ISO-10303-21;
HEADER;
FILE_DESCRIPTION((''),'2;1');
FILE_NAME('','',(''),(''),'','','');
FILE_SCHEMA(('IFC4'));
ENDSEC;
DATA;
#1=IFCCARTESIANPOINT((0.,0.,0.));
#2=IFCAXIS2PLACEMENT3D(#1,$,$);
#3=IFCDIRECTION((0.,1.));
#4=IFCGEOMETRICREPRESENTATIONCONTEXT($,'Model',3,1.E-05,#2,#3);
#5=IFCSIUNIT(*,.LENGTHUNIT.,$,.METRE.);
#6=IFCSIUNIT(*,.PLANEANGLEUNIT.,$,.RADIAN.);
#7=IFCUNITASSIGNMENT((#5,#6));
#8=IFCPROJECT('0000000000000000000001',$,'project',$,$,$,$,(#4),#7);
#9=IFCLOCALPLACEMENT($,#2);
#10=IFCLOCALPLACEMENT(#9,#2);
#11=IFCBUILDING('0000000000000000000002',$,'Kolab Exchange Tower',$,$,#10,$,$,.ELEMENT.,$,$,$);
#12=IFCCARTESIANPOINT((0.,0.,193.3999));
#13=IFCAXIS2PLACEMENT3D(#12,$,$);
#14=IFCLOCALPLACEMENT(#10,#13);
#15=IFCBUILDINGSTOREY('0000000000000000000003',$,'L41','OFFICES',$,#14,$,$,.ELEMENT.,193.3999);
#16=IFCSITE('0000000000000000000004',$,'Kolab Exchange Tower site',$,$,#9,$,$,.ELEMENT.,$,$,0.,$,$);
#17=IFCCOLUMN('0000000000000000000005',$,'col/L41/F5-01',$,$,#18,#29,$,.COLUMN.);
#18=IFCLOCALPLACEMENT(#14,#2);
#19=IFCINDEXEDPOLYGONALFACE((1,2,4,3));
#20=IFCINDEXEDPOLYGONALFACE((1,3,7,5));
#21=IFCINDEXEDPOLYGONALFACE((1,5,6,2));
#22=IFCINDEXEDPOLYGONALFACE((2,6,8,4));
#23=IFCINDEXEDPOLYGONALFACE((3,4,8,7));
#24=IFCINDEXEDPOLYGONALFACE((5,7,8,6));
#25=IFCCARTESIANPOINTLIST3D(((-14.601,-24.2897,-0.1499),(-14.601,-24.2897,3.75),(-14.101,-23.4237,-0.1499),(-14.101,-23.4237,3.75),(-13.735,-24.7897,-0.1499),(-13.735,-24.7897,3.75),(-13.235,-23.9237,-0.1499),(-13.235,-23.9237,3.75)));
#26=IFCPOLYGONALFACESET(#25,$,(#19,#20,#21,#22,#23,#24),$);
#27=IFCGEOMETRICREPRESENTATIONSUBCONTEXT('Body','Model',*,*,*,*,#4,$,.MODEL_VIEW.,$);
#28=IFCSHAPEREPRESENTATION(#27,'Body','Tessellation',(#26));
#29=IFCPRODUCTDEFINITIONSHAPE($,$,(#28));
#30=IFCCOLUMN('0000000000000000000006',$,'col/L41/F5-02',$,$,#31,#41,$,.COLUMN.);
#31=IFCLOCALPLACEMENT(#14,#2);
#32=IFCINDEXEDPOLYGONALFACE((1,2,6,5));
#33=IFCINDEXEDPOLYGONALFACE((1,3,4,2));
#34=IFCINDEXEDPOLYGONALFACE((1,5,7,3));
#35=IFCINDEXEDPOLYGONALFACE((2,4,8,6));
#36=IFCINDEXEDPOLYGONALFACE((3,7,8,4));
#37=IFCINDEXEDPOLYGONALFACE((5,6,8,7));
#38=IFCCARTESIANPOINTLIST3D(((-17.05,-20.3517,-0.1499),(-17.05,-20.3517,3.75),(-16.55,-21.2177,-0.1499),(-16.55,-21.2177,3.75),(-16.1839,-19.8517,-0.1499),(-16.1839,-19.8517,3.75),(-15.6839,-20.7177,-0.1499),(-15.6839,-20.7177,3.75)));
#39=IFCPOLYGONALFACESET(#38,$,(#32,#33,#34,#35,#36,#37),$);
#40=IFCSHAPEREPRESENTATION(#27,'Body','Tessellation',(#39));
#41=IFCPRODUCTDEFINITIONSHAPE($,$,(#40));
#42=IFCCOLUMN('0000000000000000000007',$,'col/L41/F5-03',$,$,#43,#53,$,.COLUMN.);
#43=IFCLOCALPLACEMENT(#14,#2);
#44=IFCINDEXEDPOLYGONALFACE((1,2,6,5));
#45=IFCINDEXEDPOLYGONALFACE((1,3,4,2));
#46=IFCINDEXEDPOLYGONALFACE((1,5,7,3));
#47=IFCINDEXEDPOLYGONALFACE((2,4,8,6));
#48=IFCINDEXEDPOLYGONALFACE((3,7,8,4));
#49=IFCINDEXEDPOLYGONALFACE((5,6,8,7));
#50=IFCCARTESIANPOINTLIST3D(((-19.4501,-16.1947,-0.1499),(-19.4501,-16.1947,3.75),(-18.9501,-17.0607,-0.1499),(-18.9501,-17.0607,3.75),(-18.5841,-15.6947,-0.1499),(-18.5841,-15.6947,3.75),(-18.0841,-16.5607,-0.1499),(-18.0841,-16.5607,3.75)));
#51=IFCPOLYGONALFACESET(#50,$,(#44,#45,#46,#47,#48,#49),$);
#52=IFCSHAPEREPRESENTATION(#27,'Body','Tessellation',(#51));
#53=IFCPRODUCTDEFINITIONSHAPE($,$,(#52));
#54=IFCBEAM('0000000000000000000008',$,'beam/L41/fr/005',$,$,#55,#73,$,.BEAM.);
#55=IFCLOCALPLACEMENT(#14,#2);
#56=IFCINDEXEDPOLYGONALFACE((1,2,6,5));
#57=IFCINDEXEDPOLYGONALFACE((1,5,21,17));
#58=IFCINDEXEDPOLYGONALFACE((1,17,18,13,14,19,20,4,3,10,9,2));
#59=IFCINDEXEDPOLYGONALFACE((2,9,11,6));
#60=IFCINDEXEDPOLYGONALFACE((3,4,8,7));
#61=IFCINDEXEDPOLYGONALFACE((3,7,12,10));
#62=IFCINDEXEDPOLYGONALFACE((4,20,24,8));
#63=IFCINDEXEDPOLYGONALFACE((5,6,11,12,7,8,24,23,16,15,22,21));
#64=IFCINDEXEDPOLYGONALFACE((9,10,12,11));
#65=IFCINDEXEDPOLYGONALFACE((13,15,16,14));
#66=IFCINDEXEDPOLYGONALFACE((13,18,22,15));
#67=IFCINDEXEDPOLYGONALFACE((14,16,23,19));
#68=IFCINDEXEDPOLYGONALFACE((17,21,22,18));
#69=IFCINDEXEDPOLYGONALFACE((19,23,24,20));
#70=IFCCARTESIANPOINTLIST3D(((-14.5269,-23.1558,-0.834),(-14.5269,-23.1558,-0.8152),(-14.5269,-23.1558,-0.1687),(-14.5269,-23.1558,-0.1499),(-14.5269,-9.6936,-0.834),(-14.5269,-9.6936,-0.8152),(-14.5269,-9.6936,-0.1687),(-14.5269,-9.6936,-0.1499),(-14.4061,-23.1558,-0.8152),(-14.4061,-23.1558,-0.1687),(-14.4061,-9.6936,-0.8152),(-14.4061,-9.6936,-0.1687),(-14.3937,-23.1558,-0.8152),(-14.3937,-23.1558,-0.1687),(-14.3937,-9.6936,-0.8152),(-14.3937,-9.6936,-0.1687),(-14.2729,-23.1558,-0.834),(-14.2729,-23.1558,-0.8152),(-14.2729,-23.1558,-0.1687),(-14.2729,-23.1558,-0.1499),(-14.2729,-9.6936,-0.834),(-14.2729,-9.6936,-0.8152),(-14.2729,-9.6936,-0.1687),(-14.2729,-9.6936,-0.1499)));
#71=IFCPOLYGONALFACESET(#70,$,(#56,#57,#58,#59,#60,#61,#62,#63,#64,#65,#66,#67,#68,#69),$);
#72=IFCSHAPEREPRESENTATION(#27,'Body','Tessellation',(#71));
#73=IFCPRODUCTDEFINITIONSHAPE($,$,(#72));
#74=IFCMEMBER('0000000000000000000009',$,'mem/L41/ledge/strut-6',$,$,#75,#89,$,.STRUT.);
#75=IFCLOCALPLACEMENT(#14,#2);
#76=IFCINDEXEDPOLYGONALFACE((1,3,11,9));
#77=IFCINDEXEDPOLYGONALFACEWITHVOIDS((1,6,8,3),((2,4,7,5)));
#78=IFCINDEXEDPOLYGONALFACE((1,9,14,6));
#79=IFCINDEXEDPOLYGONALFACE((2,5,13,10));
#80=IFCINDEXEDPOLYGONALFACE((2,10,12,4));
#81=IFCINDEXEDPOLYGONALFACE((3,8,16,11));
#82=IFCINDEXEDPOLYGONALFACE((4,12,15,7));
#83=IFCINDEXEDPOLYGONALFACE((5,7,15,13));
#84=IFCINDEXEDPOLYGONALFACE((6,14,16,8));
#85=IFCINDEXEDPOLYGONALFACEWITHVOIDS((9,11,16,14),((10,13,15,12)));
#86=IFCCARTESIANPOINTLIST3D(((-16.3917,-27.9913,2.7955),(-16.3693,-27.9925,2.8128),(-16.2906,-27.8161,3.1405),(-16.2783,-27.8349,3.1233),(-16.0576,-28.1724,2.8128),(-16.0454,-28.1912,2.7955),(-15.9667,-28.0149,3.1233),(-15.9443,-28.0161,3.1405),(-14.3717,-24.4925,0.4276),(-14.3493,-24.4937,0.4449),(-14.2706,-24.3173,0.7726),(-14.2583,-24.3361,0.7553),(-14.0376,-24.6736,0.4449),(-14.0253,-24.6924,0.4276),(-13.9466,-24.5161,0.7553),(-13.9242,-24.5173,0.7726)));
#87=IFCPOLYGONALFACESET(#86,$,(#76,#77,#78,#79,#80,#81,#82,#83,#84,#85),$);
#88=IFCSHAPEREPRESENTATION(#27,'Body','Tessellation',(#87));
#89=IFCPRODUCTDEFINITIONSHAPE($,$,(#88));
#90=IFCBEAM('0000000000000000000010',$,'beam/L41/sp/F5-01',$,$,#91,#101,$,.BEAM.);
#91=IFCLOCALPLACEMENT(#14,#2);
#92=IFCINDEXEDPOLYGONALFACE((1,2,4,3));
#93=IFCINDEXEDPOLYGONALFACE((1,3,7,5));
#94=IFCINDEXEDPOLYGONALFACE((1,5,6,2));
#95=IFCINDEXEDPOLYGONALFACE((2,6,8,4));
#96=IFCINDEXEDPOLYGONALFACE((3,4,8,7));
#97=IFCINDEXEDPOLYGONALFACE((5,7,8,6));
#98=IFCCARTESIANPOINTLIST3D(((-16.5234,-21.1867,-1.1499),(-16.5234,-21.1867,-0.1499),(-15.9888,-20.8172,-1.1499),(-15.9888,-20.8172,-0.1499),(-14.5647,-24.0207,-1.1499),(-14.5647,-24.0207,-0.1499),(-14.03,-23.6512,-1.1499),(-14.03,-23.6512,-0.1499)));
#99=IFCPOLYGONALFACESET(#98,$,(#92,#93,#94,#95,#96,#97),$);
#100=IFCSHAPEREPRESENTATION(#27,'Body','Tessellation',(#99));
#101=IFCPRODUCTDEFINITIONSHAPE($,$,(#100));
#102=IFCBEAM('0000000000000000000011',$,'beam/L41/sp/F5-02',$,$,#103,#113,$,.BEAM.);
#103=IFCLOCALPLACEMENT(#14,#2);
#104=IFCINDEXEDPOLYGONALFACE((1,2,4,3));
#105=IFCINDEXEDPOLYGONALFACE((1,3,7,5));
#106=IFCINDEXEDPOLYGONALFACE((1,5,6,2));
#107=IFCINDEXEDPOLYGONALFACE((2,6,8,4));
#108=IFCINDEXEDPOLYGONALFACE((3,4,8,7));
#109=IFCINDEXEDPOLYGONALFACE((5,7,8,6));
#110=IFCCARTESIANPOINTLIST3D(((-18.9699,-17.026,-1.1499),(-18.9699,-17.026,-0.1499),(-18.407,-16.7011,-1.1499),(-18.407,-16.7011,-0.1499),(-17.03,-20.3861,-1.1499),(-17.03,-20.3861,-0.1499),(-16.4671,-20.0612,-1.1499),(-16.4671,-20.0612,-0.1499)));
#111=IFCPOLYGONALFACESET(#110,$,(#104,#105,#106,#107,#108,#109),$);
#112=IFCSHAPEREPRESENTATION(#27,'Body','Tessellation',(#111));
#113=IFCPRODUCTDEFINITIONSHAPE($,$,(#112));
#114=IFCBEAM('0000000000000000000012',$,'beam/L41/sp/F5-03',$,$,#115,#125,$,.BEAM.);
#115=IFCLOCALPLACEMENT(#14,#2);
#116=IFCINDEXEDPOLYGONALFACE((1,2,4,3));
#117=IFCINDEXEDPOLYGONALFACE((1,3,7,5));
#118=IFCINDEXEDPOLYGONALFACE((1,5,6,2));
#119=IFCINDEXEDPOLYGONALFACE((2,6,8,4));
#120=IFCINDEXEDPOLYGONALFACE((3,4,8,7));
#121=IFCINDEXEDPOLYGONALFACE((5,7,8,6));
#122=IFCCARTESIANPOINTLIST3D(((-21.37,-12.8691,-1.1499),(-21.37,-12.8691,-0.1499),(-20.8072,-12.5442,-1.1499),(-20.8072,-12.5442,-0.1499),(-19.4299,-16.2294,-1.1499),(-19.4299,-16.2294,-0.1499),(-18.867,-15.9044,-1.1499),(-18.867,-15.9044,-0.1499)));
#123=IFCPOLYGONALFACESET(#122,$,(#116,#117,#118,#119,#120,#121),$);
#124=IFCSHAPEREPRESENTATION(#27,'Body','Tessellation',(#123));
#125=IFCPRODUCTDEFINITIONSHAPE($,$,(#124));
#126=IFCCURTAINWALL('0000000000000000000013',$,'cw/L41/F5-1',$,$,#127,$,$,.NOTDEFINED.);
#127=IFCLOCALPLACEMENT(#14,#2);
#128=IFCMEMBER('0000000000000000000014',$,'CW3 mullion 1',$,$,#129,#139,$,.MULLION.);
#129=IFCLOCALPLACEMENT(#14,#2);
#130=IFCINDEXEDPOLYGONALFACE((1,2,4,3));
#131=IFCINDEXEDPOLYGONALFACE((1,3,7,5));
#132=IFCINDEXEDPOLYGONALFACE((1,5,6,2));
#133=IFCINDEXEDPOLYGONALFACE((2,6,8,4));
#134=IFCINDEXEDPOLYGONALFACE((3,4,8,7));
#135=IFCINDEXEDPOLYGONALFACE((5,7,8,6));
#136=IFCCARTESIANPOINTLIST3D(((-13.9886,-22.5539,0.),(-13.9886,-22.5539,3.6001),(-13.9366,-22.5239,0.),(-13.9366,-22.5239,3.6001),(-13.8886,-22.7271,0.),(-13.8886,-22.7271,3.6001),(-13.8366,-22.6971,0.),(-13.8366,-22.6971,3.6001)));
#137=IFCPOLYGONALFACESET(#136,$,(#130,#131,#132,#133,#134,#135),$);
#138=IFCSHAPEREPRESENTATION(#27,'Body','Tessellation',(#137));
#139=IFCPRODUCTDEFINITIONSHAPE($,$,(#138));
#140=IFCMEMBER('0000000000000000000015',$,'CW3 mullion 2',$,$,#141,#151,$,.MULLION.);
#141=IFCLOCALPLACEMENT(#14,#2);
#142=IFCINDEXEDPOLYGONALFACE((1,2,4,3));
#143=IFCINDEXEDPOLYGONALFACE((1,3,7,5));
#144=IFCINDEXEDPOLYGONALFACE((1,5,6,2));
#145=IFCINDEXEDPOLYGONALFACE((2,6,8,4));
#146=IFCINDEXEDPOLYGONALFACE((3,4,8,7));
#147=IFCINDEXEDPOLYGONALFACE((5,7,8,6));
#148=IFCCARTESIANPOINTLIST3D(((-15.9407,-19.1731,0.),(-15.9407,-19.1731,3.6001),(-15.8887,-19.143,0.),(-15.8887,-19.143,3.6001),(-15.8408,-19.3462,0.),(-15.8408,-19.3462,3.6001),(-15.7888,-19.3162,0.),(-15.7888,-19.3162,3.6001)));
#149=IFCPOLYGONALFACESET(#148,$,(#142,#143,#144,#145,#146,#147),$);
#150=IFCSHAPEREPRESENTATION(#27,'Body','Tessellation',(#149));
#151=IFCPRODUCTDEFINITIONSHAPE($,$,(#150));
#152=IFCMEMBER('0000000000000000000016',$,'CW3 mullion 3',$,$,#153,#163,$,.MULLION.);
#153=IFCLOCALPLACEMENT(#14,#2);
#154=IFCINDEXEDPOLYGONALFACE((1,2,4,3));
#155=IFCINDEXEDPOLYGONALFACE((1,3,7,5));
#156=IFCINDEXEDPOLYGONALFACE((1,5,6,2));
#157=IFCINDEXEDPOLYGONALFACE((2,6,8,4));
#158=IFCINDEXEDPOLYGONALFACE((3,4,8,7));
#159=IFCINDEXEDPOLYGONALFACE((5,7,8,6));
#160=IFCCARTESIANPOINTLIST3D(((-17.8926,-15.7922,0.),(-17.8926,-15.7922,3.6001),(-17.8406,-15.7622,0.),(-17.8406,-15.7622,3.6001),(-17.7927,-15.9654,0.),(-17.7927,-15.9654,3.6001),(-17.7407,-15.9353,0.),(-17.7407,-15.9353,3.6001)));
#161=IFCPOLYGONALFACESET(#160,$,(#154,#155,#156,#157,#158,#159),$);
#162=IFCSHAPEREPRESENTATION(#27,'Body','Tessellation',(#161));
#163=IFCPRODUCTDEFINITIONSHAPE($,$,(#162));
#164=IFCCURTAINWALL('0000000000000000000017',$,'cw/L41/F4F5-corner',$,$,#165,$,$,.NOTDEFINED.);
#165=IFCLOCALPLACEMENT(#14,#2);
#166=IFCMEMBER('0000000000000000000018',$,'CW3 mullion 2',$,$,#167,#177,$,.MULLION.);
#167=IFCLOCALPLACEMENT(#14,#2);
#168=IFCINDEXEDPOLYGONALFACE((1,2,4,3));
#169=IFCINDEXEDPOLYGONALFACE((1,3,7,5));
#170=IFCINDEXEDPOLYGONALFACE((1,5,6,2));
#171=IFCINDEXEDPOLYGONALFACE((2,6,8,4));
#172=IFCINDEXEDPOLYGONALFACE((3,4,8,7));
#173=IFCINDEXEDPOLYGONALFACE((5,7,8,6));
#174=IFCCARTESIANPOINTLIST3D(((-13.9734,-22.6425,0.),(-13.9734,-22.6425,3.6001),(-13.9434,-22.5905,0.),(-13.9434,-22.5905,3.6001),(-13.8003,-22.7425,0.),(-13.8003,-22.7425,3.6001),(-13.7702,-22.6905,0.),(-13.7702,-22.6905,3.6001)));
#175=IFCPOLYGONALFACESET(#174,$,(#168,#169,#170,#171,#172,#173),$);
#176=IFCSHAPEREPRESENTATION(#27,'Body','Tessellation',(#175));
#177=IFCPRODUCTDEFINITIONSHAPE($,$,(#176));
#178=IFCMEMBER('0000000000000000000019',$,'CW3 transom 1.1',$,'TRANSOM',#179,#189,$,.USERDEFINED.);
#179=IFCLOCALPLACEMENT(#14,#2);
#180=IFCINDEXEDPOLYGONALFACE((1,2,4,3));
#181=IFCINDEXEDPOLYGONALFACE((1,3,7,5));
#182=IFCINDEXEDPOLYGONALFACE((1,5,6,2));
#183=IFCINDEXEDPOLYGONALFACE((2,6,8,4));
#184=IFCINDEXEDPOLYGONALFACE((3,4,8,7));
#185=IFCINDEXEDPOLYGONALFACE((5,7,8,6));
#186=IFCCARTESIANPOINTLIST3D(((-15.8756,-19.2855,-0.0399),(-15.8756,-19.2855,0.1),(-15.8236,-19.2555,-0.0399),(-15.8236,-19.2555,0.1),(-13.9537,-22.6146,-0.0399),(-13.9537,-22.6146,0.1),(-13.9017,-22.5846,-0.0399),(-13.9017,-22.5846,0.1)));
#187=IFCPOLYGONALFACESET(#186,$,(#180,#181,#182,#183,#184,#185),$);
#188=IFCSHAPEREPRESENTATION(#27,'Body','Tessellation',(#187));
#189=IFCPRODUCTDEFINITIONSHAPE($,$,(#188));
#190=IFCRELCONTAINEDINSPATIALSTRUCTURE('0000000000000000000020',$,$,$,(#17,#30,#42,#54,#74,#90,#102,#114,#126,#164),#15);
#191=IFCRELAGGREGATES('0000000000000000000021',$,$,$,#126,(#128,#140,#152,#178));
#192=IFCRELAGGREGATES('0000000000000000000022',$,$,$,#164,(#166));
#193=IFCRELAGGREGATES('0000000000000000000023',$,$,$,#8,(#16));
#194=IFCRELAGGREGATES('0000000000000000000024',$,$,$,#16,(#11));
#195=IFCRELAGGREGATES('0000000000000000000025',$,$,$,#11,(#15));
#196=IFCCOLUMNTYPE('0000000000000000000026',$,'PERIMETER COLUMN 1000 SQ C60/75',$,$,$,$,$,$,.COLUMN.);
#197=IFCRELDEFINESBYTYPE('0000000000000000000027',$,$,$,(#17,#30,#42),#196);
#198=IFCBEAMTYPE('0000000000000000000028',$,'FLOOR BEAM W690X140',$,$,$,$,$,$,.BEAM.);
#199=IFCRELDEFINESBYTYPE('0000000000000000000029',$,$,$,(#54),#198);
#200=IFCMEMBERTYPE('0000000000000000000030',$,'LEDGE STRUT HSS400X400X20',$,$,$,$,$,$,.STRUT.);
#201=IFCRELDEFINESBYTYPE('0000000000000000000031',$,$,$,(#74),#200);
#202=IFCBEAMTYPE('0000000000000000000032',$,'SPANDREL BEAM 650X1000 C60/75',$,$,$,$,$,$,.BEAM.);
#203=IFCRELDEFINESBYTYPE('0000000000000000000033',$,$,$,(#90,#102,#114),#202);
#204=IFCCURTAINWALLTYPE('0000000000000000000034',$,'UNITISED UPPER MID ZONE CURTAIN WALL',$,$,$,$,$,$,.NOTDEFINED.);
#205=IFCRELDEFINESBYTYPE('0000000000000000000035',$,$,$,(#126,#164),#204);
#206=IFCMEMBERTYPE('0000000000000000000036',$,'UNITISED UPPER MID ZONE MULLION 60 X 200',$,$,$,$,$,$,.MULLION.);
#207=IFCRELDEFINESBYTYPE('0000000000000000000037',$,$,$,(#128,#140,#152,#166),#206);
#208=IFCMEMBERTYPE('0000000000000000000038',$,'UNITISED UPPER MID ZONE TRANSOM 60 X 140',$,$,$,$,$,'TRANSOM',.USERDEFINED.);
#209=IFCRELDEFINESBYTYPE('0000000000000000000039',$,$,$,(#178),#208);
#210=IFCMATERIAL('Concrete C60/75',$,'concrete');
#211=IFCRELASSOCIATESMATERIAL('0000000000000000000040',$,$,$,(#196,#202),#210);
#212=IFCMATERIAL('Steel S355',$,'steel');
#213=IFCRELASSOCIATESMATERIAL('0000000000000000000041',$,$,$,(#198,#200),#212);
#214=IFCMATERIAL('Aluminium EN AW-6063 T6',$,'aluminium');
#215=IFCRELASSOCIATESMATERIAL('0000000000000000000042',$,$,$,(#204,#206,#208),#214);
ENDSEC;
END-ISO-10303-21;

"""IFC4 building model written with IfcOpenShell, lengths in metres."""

from ifc_helpers import new_model, si_unit, direction, frame, origin, origin_2d, place, context, subcontext, project, spatial, rectangle, hollow_rectangle, i_section, extrude, material, material_profile, profile_set, type_object, element, aggregate, save


model = new_model("IFC4")

# Units and contexts
model_context = context("Model", 3, precision=1e-05, world=origin(), true_north=direction((0.0, 1.0)))
body_context = subcontext(model_context, "Body", "Model", "MODEL_VIEW")
ifc_project = project(units=[si_unit("LENGTHUNIT", "METRE"), si_unit("PLANEANGLEUNIT", "RADIAN")], contexts=[model_context])

# Site, building, storey
site_placement = place(None, origin())
site = spatial("IfcSite", under=ifc_project, at=site_placement, Name="Kolab Exchange Tower site", CompositionType="ELEMENT", RefElevation=0.0)
building_placement = place(site_placement, origin())
building = spatial("IfcBuilding", under=site, at=building_placement, Name="Kolab Exchange Tower", CompositionType="ELEMENT")
storey_placement = place(building_placement, frame((0.0, 0.0, 193.3999)))
storey = spatial("IfcBuildingStorey", under=building, at=storey_placement, Name="L41", Description="OFFICES", CompositionType="ELEMENT", Elevation=193.3999)

# Columns
ifc_material_1 = material(Name="Concrete C60/75", Category="concrete")
ifc_material_profile_1 = material_profile(ifc_material_1, rectangle(XDim=1.0, YDim=1.0, at=origin_2d()), Name="RC1000")
ifc_profile_set_1 = profile_set([ifc_material_profile_1], Name="Concrete C60/75")
column_type = type_object("IfcColumnType", Name="PERIMETER COLUMN 1000 SQ C60/75", PredefinedType="COLUMN", material=ifc_profile_set_1)
for number, where, z_axis, x_axis, name in (
    (1, (-13.918, -24.1067, -0.1499), (0.0, 0.0, 1.0), (0.5, 0.866025, 0.0), "col/L41/F5-01"),
    (2, (-16.3669, -20.5347, -0.1499), (0.0, 0.0, 1.0), (0.866025, 0.5, 0.0), "col/L41/F5-02"),
    (3, (-18.7671, -16.3777, -0.1499), (0.0, 0.0, 1.0), (0.866025, 0.5, 0.0), "col/L41/F5-03"),
):
    element("IfcColumn", number, at=place(storey_placement, frame(where, z_axis=z_axis, x_axis=x_axis)), inside=storey, type_object=column_type, Name=name, PredefinedType="COLUMN", context=body_context, shape_type="SweptSolid", body=[
        extrude(rectangle(XDim=1.0, YDim=1.0, at=origin_2d()), origin(), (0.0, 0.0, 1.0), 3.8999),
    ])

# Beam
ifc_material_2 = material(Name="Steel S355", Category="steel")
ifc_material_profile_2 = material_profile(ifc_material_2, i_section(OverallWidth=0.2539, OverallDepth=0.6841, WebThickness=0.0125, FlangeThickness=0.0188, at=origin_2d()), Name="W690X140")
ifc_profile_set_2 = profile_set([ifc_material_profile_2], Name="Steel S355")
beam_type_1 = type_object("IfcBeamType", Name="FLOOR BEAM W690X140", PredefinedType="BEAM", material=ifc_profile_set_2)
beam_1_placement = place(storey_placement, frame((-14.3999, -23.1558, -0.4919), z_axis=(0.0, 1.0, 0.0), x_axis=(-1.0, 0.0, 0.0)))
element("IfcBeam", 4, at=beam_1_placement, inside=storey, type_object=beam_type_1, Name="beam/L41/fr/005", PredefinedType="BEAM", context=body_context, shape_type="SweptSolid", body=[
    extrude(i_section(OverallWidth=0.2539, OverallDepth=0.6841, WebThickness=0.0125, FlangeThickness=0.0188, at=origin_2d()), origin(), (0.0, 0.0, 1.0), 13.4622),
])

# Member
ifc_material_profile_3 = material_profile(ifc_material_2, hollow_rectangle(XDim=0.3999, YDim=0.3999, WallThickness=0.02, at=origin_2d()), Name="HSS400X400X20")
ifc_profile_set_3 = profile_set([ifc_material_profile_3], Name="Steel S355")
member_type_1 = type_object("IfcMemberType", Name="LEDGE STRUT HSS400X400X20", PredefinedType="STRUT", material=ifc_profile_set_3)
member_1_placement = place(storey_placement, frame((-14.1479, -24.5049, 0.6001), z_axis=(-0.431366, -0.747149, 0.505659), x_axis=(0.866026, -0.5, 0.0)))
element("IfcMember", 5, at=member_1_placement, inside=storey, type_object=member_type_1, Name="mem/L41/ledge/strut-6", PredefinedType="STRUT", context=body_context, shape_type="SweptSolid", body=[
    extrude(hollow_rectangle(XDim=0.3999, YDim=0.3999, WallThickness=0.02, at=origin_2d()), origin(), (0.0, 0.0, 1.0), 4.6829),
])

# Beams
ifc_material_profile_4 = material_profile(ifc_material_1, rectangle(XDim=0.6499, YDim=1.0, at=origin_2d()), Name="RC650X1000")
ifc_profile_set_4 = profile_set([ifc_material_profile_4], Name="Concrete C60/75")
beam_type_2 = type_object("IfcBeamType", Name="SPANDREL BEAM 650X1000 C60/75", PredefinedType="BEAM", material=ifc_profile_set_4)
beam_2_placement = place(storey_placement, frame((-14.2974, -23.8359, -0.6499), z_axis=(-0.568572, 0.822633, 0.0), x_axis=(-0.822633, -0.568572, 0.0)))
element("IfcBeam", 6, at=beam_2_placement, inside=storey, type_object=beam_type_2, Name="beam/L41/sp/F5-01", PredefinedType="BEAM", context=body_context, shape_type="SweptSolid", body=[
    extrude(rectangle(XDim=0.6499, YDim=1.0, at=origin_2d()), origin(), (0.0, 0.0, 1.0), 3.4451),
])
beam_3_placement = place(storey_placement, frame((-16.7485, -20.2236, -0.6499), z_axis=(-0.499997, 0.866027, 0.0), x_axis=(-0.866027, -0.499997, 0.0)))
element("IfcBeam", 7, at=beam_3_placement, inside=storey, type_object=beam_type_2, Name="beam/L41/sp/F5-02", PredefinedType="BEAM", context=body_context, shape_type="SweptSolid", body=[
    extrude(rectangle(XDim=0.6499, YDim=1.0, at=origin_2d()), origin(), (0.0, 0.0, 1.0), 3.8799),
])
beam_4_placement = place(storey_placement, frame((-19.1484, -16.0669, -0.6499), z_axis=(-0.500017, 0.866016, 0.0), x_axis=(-0.866016, -0.500017, 0.0)))
element("IfcBeam", 8, at=beam_4_placement, inside=storey, type_object=beam_type_2, Name="beam/L41/sp/F5-03", PredefinedType="BEAM", context=body_context, shape_type="SweptSolid", body=[
    extrude(rectangle(XDim=0.6499, YDim=1.0, at=origin_2d()), origin(), (0.0, 0.0, 1.0), 3.8801),
])

# Curtain wall, members
ifc_material_3 = material(Name="Aluminium EN AW-6063 T6", Category="aluminium")
curtain_wall_type = type_object("IfcCurtainWallType", Name="UNITISED UPPER MID ZONE CURTAIN WALL", PredefinedType="NOTDEFINED", material=ifc_material_3)
curtain_wall_1_placement = place(storey_placement, origin())
curtain_wall_1 = element("IfcCurtainWall", 9, at=curtain_wall_1_placement, inside=storey, type_object=curtain_wall_type, Name="cw/L41/F5-1", PredefinedType="NOTDEFINED")
ifc_material_profile_5 = material_profile(ifc_material_3, rectangle(XDim=0.0601, YDim=0.2, at=origin_2d()), Name="RECT 60X200")
ifc_profile_set_5 = profile_set([ifc_material_profile_5], Name="Aluminium EN AW-6063 T6")
member_type_2 = type_object("IfcMemberType", Name="UNITISED UPPER MID ZONE MULLION 60 X 200", PredefinedType="MULLION", material=ifc_profile_set_5)
member_2_placement = place(storey_placement, frame((-13.9126, -22.6255, 0.0), z_axis=(0.0, 0.0, 1.0), x_axis=(-0.866025, -0.5, 0.0)))
member_2 = element("IfcMember", 10, at=member_2_placement, type_object=member_type_2, Name="CW3 mullion 1", PredefinedType="MULLION", context=body_context, shape_type="SweptSolid", body=[
    extrude(rectangle(XDim=0.0601, YDim=0.2, at=origin_2d()), origin(), (0.0, 0.0, 1.0), 3.6001),
])
member_3_placement = place(storey_placement, frame((-15.8647, -19.2446, 0.0), z_axis=(0.0, 0.0, 1.0), x_axis=(-0.866025, -0.5, 0.0)))
member_3 = element("IfcMember", 11, at=member_3_placement, type_object=member_type_2, Name="CW3 mullion 2", PredefinedType="MULLION", context=body_context, shape_type="SweptSolid", body=[
    extrude(rectangle(XDim=0.0601, YDim=0.2, at=origin_2d()), origin(), (0.0, 0.0, 1.0), 3.6001),
])
member_4_placement = place(storey_placement, frame((-17.8167, -15.8638, 0.0), z_axis=(0.0, 0.0, 1.0), x_axis=(-0.866025, -0.5, 0.0)))
member_4 = element("IfcMember", 12, at=member_4_placement, type_object=member_type_2, Name="CW3 mullion 3", PredefinedType="MULLION", context=body_context, shape_type="SweptSolid", body=[
    extrude(rectangle(XDim=0.0601, YDim=0.2, at=origin_2d()), origin(), (0.0, 0.0, 1.0), 3.6001),
])

# Curtain wall, member
curtain_wall_2_placement = place(storey_placement, origin())
curtain_wall_2 = element("IfcCurtainWall", 13, at=curtain_wall_2_placement, inside=storey, type_object=curtain_wall_type, Name="cw/L41/F4F5-corner", PredefinedType="NOTDEFINED")
member_5_placement = place(storey_placement, frame((-13.8718, -22.6665, 0.0), z_axis=(0.0, 0.0, 1.0), x_axis=(-0.5, -0.866025, 0.0)))
member_5 = element("IfcMember", 14, at=member_5_placement, type_object=member_type_2, Name="CW3 mullion 2", PredefinedType="MULLION", context=body_context, shape_type="SweptSolid", body=[
    extrude(rectangle(XDim=0.0601, YDim=0.2, at=origin_2d()), origin(), (0.0, 0.0, 1.0), 3.6001),
])

# Member
ifc_material_profile_6 = material_profile(ifc_material_3, rectangle(XDim=0.0601, YDim=0.1399, at=origin_2d()), Name="RECT 60X140")
ifc_profile_set_6 = profile_set([ifc_material_profile_6], Name="Aluminium EN AW-6063 T6")
member_type_3 = type_object("IfcMemberType", Name="UNITISED UPPER MID ZONE TRANSOM 60 X 140", ElementType="TRANSOM", PredefinedType="USERDEFINED", material=ifc_profile_set_6)
member_6_placement = place(storey_placement, frame((-13.9277, -22.5996, 0.03), z_axis=(-0.499964, 0.866046, 0.0), x_axis=(-0.866046, -0.499964, 0.0)))
member_6 = element("IfcMember", 15, at=member_6_placement, type_object=member_type_3, Name="CW3 transom 1.1", ObjectType="TRANSOM", PredefinedType="USERDEFINED", context=body_context, shape_type="SweptSolid", body=[
    extrude(rectangle(XDim=0.0601, YDim=0.1399, at=origin_2d()), origin(), (0.0, 0.0, 1.0), 3.844),
])

aggregate(curtain_wall_1, [member_2, member_3, member_4, member_6])
aggregate(curtain_wall_2, [member_5])

save(model, "model.ifc")
